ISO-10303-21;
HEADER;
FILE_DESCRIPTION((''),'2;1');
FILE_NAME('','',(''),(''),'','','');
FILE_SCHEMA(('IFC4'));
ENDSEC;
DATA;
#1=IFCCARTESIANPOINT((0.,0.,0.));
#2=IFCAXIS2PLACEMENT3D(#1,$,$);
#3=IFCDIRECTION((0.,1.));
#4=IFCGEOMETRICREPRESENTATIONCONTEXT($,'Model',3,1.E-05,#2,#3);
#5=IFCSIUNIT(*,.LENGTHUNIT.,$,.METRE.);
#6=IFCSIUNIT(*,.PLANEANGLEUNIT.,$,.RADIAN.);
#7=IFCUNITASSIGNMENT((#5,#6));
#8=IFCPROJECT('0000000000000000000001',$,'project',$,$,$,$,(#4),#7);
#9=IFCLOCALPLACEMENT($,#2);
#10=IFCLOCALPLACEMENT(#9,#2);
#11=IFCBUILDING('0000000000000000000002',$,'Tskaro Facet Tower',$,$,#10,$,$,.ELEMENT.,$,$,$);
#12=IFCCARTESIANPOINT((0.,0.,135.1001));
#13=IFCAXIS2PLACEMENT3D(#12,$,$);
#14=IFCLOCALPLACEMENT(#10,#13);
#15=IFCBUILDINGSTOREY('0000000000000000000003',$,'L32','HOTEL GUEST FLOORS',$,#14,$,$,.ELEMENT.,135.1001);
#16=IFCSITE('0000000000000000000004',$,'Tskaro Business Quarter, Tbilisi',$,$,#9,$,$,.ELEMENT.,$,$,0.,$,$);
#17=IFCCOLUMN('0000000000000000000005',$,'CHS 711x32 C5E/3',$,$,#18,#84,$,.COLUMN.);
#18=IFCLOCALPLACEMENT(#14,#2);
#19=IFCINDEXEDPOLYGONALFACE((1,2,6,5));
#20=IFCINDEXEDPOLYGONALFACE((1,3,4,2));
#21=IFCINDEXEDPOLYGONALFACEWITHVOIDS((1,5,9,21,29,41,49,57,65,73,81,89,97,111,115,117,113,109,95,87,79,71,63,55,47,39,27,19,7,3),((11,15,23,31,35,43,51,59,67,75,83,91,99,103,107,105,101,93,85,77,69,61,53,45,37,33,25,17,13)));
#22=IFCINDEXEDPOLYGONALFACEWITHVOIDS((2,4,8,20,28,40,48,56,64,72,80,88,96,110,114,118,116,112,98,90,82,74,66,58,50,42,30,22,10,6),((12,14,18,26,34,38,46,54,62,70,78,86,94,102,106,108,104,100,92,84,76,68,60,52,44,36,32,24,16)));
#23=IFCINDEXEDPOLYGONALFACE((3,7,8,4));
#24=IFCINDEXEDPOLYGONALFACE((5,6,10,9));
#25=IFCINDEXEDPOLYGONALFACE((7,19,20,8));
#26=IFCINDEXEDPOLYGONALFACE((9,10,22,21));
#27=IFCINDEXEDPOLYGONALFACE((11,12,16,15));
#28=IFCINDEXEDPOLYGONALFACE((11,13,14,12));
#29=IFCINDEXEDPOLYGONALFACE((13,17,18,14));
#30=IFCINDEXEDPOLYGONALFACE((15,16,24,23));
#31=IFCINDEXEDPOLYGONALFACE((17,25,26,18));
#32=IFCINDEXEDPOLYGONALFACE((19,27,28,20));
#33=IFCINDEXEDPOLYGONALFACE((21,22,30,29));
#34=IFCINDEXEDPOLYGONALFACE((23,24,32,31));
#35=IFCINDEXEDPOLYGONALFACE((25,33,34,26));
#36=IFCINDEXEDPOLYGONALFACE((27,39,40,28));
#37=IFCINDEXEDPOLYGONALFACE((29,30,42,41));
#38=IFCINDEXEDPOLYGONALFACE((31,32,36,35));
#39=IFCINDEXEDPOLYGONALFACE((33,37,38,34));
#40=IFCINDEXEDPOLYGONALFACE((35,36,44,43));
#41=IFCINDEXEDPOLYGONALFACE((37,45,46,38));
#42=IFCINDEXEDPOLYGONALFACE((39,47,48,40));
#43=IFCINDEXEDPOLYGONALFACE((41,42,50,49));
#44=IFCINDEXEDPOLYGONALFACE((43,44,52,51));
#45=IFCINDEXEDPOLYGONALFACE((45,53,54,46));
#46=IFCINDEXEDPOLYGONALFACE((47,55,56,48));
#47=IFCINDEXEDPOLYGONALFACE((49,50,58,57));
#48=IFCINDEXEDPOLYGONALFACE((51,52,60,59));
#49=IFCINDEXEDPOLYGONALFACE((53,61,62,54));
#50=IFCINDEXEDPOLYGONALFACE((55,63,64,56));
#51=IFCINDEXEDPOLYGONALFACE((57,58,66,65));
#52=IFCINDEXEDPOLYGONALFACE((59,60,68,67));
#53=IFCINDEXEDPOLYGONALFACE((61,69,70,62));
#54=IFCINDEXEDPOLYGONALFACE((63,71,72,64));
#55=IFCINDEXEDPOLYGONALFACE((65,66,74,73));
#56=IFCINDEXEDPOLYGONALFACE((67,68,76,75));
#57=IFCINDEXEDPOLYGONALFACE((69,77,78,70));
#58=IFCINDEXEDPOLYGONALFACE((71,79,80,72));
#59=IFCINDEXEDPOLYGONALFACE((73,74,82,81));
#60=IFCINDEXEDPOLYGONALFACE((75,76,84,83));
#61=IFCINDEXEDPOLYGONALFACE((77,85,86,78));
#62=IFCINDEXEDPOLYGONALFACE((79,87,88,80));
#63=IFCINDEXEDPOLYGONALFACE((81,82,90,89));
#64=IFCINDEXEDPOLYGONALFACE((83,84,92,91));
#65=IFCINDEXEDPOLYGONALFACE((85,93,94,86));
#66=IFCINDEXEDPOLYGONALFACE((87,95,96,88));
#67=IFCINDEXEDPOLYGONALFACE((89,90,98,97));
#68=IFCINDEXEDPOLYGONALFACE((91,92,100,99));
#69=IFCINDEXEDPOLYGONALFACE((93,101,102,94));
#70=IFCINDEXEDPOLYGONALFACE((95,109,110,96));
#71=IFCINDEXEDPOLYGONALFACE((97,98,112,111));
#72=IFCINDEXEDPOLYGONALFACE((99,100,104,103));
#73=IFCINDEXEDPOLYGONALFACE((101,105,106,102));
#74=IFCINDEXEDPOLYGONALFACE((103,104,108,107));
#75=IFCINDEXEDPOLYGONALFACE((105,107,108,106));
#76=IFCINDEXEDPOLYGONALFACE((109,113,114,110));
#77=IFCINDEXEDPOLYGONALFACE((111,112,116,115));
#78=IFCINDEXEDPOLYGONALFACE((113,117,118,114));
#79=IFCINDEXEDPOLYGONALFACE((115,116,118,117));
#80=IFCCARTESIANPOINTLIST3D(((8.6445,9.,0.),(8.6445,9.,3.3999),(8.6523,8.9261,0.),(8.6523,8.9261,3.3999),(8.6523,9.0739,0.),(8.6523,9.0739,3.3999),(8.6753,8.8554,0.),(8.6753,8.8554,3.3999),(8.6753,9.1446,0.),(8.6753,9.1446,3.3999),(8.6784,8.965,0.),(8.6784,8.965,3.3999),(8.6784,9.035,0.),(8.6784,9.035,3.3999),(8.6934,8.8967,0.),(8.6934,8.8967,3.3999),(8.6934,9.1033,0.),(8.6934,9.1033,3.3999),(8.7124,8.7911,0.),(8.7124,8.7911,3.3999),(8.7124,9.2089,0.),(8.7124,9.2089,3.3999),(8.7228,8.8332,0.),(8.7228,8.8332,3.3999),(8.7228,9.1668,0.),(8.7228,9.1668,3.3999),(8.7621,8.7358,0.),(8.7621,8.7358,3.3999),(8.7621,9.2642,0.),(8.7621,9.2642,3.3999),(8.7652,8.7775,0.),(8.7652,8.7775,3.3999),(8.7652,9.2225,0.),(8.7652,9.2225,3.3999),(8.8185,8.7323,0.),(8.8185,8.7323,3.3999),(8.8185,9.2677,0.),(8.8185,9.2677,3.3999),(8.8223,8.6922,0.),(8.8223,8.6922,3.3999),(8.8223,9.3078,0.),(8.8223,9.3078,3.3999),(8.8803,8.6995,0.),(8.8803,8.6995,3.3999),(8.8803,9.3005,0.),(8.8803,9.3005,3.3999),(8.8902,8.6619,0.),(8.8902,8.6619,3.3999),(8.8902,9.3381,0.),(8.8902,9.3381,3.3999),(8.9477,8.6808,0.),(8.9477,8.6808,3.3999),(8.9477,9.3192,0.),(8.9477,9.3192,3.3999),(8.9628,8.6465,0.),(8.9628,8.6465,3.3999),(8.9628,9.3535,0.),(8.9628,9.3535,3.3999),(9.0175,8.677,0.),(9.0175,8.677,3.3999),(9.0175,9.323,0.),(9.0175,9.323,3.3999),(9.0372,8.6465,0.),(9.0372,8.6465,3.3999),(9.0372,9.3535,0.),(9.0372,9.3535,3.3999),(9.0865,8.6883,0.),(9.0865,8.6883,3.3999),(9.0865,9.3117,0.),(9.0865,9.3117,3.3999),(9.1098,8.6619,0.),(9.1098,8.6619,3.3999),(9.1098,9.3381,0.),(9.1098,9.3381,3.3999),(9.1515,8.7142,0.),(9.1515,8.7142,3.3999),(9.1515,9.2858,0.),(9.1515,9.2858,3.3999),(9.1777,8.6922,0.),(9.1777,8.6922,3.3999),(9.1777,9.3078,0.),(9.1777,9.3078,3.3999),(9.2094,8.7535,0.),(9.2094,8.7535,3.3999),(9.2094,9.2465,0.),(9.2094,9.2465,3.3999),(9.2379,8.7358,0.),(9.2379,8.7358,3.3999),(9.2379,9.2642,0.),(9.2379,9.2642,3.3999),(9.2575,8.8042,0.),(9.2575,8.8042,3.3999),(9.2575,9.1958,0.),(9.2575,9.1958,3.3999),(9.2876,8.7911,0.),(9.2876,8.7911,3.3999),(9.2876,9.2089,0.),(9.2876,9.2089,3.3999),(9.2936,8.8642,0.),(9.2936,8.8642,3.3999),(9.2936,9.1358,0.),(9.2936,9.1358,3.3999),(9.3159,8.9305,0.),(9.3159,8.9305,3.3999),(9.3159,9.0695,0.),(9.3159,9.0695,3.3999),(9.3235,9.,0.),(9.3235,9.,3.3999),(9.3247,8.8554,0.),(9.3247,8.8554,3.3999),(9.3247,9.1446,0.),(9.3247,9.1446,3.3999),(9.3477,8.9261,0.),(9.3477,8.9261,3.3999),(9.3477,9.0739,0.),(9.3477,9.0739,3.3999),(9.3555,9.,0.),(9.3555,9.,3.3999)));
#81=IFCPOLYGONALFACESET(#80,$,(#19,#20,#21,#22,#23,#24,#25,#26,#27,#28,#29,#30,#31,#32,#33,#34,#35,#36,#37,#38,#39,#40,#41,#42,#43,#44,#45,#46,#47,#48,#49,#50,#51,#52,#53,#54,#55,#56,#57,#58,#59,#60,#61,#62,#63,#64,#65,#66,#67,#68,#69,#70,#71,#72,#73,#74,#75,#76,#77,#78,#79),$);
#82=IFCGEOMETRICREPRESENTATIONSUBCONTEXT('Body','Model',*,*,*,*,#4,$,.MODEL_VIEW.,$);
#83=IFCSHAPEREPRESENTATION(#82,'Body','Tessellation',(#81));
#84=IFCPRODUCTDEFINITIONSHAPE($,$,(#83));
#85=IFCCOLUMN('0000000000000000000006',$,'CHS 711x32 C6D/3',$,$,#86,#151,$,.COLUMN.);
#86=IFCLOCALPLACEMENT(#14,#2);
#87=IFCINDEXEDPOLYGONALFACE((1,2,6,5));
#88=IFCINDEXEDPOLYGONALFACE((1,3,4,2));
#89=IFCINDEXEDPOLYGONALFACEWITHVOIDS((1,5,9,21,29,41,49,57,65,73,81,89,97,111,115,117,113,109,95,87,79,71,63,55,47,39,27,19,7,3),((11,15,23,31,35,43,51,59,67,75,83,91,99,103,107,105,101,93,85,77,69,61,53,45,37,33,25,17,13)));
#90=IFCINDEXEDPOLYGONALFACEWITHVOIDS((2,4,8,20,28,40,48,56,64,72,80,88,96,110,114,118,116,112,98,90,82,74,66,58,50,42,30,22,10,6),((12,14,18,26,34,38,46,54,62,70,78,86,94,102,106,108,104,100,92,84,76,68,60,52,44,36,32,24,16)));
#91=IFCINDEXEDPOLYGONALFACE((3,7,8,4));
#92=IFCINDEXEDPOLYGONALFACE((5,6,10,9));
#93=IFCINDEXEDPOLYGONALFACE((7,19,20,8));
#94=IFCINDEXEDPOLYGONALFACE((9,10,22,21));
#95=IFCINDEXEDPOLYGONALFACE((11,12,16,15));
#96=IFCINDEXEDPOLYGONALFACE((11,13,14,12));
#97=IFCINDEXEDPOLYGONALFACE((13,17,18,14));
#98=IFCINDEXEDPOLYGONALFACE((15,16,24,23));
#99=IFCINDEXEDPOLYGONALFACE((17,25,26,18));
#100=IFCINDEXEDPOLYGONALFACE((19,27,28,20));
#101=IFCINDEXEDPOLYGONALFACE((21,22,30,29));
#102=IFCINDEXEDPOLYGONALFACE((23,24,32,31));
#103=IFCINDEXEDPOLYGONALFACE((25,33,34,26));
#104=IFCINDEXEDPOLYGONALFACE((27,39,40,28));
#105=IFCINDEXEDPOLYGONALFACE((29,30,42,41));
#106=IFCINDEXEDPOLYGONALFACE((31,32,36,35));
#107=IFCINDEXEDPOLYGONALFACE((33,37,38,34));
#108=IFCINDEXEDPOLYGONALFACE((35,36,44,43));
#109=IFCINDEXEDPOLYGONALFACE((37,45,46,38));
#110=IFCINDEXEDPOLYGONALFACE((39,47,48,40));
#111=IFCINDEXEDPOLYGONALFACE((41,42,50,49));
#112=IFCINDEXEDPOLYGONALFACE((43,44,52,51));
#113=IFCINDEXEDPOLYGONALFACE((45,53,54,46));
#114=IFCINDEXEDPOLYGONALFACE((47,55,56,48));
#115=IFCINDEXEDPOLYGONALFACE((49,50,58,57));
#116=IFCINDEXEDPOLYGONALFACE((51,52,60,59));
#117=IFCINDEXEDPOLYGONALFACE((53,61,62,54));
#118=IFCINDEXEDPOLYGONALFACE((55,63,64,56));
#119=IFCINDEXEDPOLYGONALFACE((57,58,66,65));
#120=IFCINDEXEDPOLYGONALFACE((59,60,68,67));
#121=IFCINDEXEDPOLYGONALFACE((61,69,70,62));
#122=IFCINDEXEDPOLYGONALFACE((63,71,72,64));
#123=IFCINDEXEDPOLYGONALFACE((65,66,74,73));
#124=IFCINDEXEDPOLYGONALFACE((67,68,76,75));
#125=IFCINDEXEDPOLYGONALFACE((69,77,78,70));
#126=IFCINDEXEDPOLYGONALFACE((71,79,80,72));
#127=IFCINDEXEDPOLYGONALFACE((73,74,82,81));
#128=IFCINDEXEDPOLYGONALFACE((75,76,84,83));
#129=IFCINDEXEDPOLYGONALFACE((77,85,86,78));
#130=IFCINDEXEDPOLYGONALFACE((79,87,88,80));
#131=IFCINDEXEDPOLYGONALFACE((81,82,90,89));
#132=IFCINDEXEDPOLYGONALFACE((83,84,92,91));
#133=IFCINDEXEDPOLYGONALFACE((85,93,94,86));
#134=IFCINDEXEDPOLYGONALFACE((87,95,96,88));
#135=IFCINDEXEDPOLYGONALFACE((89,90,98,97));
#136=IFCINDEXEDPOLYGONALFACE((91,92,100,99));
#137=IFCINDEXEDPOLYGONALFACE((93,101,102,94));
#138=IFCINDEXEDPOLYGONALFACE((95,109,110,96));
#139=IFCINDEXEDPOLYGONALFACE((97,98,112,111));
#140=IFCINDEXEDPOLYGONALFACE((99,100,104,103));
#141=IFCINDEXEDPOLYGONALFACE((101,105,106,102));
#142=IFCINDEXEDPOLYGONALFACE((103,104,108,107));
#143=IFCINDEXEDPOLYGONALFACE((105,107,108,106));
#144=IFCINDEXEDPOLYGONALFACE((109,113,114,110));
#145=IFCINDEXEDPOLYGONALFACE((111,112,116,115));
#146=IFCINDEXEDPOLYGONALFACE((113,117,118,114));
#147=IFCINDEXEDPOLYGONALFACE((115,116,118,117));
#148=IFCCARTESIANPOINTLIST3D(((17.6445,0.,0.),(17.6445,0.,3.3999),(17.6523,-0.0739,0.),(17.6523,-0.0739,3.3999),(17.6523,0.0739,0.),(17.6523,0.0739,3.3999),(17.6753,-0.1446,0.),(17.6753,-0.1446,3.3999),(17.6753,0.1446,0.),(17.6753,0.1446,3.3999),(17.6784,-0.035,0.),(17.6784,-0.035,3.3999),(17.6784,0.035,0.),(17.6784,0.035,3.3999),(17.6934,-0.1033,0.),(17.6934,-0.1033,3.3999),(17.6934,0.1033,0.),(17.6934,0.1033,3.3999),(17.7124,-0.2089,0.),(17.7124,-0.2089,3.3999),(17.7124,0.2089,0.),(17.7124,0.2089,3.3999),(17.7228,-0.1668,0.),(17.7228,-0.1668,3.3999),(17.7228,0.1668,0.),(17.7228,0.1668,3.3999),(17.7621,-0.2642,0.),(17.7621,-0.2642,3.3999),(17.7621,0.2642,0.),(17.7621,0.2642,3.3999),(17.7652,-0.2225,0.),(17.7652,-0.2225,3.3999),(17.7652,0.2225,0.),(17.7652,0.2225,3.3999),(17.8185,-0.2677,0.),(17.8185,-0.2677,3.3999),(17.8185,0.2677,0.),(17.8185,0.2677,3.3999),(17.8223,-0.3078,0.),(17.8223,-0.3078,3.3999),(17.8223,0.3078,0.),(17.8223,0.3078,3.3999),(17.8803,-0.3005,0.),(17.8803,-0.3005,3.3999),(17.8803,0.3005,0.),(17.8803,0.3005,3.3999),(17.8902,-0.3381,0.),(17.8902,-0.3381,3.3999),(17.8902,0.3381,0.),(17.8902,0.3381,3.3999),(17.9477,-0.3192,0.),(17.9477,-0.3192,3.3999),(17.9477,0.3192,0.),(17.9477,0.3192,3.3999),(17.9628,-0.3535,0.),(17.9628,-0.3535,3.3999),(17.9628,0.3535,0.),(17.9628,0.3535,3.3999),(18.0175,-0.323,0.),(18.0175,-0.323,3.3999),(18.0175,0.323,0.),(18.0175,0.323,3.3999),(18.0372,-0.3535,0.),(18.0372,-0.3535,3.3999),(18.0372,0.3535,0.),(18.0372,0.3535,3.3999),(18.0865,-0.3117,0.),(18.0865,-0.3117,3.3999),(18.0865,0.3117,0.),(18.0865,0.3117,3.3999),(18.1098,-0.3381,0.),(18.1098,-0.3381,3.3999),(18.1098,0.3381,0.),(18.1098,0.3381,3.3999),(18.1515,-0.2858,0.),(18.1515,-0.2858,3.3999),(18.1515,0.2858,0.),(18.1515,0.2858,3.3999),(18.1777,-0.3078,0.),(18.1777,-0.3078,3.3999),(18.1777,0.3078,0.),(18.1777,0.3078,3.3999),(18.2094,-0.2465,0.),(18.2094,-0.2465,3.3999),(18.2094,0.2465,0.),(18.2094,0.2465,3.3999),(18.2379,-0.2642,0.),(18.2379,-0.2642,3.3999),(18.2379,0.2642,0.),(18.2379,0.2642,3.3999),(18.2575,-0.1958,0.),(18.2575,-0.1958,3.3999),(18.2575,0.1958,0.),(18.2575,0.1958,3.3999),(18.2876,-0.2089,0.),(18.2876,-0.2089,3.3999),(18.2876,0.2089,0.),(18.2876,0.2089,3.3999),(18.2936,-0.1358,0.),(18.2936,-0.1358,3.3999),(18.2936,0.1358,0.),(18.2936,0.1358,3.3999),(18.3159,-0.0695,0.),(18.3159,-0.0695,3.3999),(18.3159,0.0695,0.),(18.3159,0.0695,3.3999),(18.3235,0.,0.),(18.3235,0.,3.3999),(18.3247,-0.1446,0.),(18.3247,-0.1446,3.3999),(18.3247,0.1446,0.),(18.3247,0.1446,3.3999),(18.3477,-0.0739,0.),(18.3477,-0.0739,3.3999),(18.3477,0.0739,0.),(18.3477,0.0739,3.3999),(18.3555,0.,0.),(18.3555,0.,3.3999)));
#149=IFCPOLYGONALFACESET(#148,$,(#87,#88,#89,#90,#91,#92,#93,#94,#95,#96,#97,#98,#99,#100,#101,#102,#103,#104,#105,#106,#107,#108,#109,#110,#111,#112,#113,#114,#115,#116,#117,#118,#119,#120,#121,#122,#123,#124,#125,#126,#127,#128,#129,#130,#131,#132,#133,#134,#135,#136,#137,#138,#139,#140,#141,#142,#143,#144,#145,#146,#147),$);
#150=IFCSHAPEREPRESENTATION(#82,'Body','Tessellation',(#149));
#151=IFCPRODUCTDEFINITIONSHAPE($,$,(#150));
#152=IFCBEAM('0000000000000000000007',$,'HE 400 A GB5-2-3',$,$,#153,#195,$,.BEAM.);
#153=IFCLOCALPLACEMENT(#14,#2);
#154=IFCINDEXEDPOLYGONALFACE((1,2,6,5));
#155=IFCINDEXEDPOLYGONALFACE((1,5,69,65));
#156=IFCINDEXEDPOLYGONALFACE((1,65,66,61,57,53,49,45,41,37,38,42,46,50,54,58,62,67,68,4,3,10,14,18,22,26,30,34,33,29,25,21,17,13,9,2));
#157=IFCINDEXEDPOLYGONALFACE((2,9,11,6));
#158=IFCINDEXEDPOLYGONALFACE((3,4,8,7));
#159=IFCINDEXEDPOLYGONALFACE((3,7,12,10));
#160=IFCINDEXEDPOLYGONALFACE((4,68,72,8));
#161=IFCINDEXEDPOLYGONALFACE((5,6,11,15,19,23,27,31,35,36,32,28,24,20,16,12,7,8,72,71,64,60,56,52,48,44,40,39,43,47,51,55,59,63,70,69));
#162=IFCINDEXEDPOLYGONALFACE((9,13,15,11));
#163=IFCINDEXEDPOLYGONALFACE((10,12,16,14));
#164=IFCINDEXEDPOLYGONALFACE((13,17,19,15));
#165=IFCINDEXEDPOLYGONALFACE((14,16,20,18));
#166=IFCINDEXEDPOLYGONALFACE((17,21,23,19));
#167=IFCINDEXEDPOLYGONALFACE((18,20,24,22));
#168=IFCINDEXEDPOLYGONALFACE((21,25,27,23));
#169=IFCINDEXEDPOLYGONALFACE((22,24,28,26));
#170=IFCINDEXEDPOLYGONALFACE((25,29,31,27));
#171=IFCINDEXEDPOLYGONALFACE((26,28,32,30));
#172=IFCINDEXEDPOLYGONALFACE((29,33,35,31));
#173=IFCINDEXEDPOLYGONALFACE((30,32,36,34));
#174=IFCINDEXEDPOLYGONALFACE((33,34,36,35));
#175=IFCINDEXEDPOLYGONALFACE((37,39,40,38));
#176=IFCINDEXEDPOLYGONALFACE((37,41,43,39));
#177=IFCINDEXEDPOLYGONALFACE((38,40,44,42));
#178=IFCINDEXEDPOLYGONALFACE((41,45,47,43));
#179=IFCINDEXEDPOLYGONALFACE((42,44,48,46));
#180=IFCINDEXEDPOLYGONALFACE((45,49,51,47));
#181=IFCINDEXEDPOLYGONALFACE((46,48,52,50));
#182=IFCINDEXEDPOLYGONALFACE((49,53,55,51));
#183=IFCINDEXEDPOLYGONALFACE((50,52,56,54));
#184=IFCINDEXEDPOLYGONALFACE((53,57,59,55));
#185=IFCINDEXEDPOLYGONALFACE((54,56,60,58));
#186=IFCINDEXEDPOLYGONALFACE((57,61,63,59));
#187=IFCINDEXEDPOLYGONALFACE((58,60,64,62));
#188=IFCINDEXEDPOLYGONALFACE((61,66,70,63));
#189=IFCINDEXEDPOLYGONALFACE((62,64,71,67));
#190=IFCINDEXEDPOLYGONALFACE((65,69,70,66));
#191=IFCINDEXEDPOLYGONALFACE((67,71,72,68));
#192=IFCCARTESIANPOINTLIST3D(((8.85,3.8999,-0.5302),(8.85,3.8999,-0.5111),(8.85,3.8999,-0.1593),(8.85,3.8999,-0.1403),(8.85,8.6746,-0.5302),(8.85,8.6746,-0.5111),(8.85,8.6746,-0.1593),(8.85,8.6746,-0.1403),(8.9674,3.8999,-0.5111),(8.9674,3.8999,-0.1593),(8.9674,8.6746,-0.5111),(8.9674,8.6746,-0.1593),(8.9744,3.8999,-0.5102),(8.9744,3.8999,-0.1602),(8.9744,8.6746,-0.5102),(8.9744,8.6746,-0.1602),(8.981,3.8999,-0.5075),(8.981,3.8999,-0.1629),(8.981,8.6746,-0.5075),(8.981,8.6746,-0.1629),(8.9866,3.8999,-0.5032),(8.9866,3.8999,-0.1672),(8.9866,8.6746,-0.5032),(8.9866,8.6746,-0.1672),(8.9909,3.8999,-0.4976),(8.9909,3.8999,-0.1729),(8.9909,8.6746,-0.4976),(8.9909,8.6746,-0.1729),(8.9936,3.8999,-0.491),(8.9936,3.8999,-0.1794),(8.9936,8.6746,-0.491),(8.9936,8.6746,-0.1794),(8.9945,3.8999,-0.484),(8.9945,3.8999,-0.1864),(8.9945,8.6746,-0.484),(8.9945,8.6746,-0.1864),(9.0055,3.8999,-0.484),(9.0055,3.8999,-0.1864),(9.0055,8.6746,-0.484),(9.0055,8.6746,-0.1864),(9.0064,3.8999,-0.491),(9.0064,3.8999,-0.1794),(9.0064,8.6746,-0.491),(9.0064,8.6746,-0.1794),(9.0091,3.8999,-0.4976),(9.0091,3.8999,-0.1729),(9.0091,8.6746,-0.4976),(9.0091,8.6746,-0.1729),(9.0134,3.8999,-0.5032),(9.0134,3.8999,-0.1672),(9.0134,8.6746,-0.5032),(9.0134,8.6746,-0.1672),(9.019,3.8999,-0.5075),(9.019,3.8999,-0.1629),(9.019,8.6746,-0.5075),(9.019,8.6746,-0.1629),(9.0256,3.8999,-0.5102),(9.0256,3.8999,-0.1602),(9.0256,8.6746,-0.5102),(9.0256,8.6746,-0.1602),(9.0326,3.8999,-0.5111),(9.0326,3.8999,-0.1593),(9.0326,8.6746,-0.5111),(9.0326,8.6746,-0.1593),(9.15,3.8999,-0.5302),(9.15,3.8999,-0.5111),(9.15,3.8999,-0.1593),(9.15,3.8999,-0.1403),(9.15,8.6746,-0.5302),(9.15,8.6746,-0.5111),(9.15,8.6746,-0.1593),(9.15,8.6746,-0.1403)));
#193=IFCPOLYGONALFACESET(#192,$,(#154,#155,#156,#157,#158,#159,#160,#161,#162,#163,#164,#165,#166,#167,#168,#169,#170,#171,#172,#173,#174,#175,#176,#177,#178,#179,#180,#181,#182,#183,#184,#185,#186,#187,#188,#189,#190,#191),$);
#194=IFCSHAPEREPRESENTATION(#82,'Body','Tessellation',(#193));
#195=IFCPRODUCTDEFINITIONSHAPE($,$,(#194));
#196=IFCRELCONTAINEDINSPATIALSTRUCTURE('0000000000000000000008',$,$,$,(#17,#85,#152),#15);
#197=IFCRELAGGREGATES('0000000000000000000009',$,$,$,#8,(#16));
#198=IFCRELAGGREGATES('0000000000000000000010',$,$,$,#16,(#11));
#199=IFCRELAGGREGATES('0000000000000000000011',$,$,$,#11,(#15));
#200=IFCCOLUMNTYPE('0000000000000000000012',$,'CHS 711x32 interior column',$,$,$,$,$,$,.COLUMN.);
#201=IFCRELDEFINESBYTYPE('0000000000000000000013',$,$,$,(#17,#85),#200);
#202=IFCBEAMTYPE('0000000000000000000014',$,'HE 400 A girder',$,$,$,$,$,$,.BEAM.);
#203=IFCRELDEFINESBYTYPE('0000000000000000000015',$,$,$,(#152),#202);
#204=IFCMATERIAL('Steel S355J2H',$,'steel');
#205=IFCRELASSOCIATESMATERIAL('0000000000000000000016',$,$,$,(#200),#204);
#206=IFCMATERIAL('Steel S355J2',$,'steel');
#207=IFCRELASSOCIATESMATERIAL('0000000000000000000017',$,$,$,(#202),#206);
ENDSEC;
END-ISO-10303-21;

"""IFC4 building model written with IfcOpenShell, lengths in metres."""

from ifc_helpers import new_model, si_unit, direction, frame, origin, origin_2d, place, context, subcontext, project, spatial, hollow_circle, i_section, extrude, material, material_profile, profile_set, type_object, element, save


model = new_model("IFC4")

# Units and contexts
model_context = context("Model", 3, precision=1e-05, world=origin(), true_north=direction((0.0, 1.0)))
body_context = subcontext(model_context, "Body", "Model", "MODEL_VIEW")
ifc_project = project(units=[si_unit("LENGTHUNIT", "METRE"), si_unit("PLANEANGLEUNIT", "RADIAN")], contexts=[model_context])

# Site, building, storey
site_placement = place(None, origin())
site = spatial("IfcSite", under=ifc_project, at=site_placement, Name="Tskaro Business Quarter, Tbilisi", CompositionType="ELEMENT", RefElevation=0.0)
building_placement = place(site_placement, origin())
building = spatial("IfcBuilding", under=site, at=building_placement, Name="Tskaro Facet Tower", CompositionType="ELEMENT")
storey_placement = place(building_placement, frame((0.0, 0.0, 135.1001)))
storey = spatial("IfcBuildingStorey", under=building, at=storey_placement, Name="L32", Description="HOTEL GUEST FLOORS", CompositionType="ELEMENT", Elevation=135.1001)

# Columns
ifc_material_1 = material(Name="Steel S355J2H", Category="steel")
ifc_material_profile_1 = material_profile(ifc_material_1, hollow_circle(Radius=0.3555, WallThickness=0.032, at=origin_2d()), Name="CHS 711x32")
ifc_profile_set_1 = profile_set([ifc_material_profile_1], Name="Steel S355J2H")
column_type = type_object("IfcColumnType", Name="CHS 711x32 interior column", PredefinedType="COLUMN", material=ifc_profile_set_1)
for number, where, z_axis, x_axis, name in (
    (1, (9.0, 9.0, 0.0), (0.0, 0.0, 1.0), (1.0, 0.0, 0.0), "CHS 711x32 C5E/3"),
    (2, (18.0, 0.0, 0.0), (0.0, 0.0, 1.0), (1.0, 0.0, 0.0), "CHS 711x32 C6D/3"),
):
    element("IfcColumn", number, at=place(storey_placement, frame(where, z_axis=z_axis, x_axis=x_axis)), inside=storey, type_object=column_type, Name=name, PredefinedType="COLUMN", context=body_context, shape_type="SweptSolid", body=[
        extrude(hollow_circle(Radius=0.3555, WallThickness=0.032, at=origin_2d()), origin(), (0.0, 0.0, 1.0), 3.3999),
    ])

# Beam
ifc_material_2 = material(Name="Steel S355J2", Category="steel")
ifc_material_profile_2 = material_profile(ifc_material_2, i_section(OverallWidth=0.3, OverallDepth=0.3899, WebThickness=0.011, FlangeThickness=0.019, FilletRadius=0.0271, at=origin_2d()), Name="HE 400 A")
ifc_profile_set_2 = profile_set([ifc_material_profile_2], Name="Steel S355J2")
beam_type_1 = type_object("IfcBeamType", Name="HE 400 A girder", PredefinedType="BEAM", material=ifc_profile_set_2)
beam_1_placement = place(storey_placement, frame((9.0, 3.8999, -0.3352), z_axis=(0.0, 1.0, 0.0), x_axis=(-1.0, 0.0, 0.0)))
element("IfcBeam", 3, at=beam_1_placement, inside=storey, type_object=beam_type_1, Name="HE 400 A GB5-2-3", PredefinedType="BEAM", context=body_context, shape_type="SweptSolid", body=[
    extrude(i_section(OverallWidth=0.3, OverallDepth=0.3899, WebThickness=0.011, FlangeThickness=0.019, FilletRadius=0.0271, at=origin_2d()), origin(), (0.0, 0.0, 1.0), 4.7747),
])

save(model, "model.ifc")
